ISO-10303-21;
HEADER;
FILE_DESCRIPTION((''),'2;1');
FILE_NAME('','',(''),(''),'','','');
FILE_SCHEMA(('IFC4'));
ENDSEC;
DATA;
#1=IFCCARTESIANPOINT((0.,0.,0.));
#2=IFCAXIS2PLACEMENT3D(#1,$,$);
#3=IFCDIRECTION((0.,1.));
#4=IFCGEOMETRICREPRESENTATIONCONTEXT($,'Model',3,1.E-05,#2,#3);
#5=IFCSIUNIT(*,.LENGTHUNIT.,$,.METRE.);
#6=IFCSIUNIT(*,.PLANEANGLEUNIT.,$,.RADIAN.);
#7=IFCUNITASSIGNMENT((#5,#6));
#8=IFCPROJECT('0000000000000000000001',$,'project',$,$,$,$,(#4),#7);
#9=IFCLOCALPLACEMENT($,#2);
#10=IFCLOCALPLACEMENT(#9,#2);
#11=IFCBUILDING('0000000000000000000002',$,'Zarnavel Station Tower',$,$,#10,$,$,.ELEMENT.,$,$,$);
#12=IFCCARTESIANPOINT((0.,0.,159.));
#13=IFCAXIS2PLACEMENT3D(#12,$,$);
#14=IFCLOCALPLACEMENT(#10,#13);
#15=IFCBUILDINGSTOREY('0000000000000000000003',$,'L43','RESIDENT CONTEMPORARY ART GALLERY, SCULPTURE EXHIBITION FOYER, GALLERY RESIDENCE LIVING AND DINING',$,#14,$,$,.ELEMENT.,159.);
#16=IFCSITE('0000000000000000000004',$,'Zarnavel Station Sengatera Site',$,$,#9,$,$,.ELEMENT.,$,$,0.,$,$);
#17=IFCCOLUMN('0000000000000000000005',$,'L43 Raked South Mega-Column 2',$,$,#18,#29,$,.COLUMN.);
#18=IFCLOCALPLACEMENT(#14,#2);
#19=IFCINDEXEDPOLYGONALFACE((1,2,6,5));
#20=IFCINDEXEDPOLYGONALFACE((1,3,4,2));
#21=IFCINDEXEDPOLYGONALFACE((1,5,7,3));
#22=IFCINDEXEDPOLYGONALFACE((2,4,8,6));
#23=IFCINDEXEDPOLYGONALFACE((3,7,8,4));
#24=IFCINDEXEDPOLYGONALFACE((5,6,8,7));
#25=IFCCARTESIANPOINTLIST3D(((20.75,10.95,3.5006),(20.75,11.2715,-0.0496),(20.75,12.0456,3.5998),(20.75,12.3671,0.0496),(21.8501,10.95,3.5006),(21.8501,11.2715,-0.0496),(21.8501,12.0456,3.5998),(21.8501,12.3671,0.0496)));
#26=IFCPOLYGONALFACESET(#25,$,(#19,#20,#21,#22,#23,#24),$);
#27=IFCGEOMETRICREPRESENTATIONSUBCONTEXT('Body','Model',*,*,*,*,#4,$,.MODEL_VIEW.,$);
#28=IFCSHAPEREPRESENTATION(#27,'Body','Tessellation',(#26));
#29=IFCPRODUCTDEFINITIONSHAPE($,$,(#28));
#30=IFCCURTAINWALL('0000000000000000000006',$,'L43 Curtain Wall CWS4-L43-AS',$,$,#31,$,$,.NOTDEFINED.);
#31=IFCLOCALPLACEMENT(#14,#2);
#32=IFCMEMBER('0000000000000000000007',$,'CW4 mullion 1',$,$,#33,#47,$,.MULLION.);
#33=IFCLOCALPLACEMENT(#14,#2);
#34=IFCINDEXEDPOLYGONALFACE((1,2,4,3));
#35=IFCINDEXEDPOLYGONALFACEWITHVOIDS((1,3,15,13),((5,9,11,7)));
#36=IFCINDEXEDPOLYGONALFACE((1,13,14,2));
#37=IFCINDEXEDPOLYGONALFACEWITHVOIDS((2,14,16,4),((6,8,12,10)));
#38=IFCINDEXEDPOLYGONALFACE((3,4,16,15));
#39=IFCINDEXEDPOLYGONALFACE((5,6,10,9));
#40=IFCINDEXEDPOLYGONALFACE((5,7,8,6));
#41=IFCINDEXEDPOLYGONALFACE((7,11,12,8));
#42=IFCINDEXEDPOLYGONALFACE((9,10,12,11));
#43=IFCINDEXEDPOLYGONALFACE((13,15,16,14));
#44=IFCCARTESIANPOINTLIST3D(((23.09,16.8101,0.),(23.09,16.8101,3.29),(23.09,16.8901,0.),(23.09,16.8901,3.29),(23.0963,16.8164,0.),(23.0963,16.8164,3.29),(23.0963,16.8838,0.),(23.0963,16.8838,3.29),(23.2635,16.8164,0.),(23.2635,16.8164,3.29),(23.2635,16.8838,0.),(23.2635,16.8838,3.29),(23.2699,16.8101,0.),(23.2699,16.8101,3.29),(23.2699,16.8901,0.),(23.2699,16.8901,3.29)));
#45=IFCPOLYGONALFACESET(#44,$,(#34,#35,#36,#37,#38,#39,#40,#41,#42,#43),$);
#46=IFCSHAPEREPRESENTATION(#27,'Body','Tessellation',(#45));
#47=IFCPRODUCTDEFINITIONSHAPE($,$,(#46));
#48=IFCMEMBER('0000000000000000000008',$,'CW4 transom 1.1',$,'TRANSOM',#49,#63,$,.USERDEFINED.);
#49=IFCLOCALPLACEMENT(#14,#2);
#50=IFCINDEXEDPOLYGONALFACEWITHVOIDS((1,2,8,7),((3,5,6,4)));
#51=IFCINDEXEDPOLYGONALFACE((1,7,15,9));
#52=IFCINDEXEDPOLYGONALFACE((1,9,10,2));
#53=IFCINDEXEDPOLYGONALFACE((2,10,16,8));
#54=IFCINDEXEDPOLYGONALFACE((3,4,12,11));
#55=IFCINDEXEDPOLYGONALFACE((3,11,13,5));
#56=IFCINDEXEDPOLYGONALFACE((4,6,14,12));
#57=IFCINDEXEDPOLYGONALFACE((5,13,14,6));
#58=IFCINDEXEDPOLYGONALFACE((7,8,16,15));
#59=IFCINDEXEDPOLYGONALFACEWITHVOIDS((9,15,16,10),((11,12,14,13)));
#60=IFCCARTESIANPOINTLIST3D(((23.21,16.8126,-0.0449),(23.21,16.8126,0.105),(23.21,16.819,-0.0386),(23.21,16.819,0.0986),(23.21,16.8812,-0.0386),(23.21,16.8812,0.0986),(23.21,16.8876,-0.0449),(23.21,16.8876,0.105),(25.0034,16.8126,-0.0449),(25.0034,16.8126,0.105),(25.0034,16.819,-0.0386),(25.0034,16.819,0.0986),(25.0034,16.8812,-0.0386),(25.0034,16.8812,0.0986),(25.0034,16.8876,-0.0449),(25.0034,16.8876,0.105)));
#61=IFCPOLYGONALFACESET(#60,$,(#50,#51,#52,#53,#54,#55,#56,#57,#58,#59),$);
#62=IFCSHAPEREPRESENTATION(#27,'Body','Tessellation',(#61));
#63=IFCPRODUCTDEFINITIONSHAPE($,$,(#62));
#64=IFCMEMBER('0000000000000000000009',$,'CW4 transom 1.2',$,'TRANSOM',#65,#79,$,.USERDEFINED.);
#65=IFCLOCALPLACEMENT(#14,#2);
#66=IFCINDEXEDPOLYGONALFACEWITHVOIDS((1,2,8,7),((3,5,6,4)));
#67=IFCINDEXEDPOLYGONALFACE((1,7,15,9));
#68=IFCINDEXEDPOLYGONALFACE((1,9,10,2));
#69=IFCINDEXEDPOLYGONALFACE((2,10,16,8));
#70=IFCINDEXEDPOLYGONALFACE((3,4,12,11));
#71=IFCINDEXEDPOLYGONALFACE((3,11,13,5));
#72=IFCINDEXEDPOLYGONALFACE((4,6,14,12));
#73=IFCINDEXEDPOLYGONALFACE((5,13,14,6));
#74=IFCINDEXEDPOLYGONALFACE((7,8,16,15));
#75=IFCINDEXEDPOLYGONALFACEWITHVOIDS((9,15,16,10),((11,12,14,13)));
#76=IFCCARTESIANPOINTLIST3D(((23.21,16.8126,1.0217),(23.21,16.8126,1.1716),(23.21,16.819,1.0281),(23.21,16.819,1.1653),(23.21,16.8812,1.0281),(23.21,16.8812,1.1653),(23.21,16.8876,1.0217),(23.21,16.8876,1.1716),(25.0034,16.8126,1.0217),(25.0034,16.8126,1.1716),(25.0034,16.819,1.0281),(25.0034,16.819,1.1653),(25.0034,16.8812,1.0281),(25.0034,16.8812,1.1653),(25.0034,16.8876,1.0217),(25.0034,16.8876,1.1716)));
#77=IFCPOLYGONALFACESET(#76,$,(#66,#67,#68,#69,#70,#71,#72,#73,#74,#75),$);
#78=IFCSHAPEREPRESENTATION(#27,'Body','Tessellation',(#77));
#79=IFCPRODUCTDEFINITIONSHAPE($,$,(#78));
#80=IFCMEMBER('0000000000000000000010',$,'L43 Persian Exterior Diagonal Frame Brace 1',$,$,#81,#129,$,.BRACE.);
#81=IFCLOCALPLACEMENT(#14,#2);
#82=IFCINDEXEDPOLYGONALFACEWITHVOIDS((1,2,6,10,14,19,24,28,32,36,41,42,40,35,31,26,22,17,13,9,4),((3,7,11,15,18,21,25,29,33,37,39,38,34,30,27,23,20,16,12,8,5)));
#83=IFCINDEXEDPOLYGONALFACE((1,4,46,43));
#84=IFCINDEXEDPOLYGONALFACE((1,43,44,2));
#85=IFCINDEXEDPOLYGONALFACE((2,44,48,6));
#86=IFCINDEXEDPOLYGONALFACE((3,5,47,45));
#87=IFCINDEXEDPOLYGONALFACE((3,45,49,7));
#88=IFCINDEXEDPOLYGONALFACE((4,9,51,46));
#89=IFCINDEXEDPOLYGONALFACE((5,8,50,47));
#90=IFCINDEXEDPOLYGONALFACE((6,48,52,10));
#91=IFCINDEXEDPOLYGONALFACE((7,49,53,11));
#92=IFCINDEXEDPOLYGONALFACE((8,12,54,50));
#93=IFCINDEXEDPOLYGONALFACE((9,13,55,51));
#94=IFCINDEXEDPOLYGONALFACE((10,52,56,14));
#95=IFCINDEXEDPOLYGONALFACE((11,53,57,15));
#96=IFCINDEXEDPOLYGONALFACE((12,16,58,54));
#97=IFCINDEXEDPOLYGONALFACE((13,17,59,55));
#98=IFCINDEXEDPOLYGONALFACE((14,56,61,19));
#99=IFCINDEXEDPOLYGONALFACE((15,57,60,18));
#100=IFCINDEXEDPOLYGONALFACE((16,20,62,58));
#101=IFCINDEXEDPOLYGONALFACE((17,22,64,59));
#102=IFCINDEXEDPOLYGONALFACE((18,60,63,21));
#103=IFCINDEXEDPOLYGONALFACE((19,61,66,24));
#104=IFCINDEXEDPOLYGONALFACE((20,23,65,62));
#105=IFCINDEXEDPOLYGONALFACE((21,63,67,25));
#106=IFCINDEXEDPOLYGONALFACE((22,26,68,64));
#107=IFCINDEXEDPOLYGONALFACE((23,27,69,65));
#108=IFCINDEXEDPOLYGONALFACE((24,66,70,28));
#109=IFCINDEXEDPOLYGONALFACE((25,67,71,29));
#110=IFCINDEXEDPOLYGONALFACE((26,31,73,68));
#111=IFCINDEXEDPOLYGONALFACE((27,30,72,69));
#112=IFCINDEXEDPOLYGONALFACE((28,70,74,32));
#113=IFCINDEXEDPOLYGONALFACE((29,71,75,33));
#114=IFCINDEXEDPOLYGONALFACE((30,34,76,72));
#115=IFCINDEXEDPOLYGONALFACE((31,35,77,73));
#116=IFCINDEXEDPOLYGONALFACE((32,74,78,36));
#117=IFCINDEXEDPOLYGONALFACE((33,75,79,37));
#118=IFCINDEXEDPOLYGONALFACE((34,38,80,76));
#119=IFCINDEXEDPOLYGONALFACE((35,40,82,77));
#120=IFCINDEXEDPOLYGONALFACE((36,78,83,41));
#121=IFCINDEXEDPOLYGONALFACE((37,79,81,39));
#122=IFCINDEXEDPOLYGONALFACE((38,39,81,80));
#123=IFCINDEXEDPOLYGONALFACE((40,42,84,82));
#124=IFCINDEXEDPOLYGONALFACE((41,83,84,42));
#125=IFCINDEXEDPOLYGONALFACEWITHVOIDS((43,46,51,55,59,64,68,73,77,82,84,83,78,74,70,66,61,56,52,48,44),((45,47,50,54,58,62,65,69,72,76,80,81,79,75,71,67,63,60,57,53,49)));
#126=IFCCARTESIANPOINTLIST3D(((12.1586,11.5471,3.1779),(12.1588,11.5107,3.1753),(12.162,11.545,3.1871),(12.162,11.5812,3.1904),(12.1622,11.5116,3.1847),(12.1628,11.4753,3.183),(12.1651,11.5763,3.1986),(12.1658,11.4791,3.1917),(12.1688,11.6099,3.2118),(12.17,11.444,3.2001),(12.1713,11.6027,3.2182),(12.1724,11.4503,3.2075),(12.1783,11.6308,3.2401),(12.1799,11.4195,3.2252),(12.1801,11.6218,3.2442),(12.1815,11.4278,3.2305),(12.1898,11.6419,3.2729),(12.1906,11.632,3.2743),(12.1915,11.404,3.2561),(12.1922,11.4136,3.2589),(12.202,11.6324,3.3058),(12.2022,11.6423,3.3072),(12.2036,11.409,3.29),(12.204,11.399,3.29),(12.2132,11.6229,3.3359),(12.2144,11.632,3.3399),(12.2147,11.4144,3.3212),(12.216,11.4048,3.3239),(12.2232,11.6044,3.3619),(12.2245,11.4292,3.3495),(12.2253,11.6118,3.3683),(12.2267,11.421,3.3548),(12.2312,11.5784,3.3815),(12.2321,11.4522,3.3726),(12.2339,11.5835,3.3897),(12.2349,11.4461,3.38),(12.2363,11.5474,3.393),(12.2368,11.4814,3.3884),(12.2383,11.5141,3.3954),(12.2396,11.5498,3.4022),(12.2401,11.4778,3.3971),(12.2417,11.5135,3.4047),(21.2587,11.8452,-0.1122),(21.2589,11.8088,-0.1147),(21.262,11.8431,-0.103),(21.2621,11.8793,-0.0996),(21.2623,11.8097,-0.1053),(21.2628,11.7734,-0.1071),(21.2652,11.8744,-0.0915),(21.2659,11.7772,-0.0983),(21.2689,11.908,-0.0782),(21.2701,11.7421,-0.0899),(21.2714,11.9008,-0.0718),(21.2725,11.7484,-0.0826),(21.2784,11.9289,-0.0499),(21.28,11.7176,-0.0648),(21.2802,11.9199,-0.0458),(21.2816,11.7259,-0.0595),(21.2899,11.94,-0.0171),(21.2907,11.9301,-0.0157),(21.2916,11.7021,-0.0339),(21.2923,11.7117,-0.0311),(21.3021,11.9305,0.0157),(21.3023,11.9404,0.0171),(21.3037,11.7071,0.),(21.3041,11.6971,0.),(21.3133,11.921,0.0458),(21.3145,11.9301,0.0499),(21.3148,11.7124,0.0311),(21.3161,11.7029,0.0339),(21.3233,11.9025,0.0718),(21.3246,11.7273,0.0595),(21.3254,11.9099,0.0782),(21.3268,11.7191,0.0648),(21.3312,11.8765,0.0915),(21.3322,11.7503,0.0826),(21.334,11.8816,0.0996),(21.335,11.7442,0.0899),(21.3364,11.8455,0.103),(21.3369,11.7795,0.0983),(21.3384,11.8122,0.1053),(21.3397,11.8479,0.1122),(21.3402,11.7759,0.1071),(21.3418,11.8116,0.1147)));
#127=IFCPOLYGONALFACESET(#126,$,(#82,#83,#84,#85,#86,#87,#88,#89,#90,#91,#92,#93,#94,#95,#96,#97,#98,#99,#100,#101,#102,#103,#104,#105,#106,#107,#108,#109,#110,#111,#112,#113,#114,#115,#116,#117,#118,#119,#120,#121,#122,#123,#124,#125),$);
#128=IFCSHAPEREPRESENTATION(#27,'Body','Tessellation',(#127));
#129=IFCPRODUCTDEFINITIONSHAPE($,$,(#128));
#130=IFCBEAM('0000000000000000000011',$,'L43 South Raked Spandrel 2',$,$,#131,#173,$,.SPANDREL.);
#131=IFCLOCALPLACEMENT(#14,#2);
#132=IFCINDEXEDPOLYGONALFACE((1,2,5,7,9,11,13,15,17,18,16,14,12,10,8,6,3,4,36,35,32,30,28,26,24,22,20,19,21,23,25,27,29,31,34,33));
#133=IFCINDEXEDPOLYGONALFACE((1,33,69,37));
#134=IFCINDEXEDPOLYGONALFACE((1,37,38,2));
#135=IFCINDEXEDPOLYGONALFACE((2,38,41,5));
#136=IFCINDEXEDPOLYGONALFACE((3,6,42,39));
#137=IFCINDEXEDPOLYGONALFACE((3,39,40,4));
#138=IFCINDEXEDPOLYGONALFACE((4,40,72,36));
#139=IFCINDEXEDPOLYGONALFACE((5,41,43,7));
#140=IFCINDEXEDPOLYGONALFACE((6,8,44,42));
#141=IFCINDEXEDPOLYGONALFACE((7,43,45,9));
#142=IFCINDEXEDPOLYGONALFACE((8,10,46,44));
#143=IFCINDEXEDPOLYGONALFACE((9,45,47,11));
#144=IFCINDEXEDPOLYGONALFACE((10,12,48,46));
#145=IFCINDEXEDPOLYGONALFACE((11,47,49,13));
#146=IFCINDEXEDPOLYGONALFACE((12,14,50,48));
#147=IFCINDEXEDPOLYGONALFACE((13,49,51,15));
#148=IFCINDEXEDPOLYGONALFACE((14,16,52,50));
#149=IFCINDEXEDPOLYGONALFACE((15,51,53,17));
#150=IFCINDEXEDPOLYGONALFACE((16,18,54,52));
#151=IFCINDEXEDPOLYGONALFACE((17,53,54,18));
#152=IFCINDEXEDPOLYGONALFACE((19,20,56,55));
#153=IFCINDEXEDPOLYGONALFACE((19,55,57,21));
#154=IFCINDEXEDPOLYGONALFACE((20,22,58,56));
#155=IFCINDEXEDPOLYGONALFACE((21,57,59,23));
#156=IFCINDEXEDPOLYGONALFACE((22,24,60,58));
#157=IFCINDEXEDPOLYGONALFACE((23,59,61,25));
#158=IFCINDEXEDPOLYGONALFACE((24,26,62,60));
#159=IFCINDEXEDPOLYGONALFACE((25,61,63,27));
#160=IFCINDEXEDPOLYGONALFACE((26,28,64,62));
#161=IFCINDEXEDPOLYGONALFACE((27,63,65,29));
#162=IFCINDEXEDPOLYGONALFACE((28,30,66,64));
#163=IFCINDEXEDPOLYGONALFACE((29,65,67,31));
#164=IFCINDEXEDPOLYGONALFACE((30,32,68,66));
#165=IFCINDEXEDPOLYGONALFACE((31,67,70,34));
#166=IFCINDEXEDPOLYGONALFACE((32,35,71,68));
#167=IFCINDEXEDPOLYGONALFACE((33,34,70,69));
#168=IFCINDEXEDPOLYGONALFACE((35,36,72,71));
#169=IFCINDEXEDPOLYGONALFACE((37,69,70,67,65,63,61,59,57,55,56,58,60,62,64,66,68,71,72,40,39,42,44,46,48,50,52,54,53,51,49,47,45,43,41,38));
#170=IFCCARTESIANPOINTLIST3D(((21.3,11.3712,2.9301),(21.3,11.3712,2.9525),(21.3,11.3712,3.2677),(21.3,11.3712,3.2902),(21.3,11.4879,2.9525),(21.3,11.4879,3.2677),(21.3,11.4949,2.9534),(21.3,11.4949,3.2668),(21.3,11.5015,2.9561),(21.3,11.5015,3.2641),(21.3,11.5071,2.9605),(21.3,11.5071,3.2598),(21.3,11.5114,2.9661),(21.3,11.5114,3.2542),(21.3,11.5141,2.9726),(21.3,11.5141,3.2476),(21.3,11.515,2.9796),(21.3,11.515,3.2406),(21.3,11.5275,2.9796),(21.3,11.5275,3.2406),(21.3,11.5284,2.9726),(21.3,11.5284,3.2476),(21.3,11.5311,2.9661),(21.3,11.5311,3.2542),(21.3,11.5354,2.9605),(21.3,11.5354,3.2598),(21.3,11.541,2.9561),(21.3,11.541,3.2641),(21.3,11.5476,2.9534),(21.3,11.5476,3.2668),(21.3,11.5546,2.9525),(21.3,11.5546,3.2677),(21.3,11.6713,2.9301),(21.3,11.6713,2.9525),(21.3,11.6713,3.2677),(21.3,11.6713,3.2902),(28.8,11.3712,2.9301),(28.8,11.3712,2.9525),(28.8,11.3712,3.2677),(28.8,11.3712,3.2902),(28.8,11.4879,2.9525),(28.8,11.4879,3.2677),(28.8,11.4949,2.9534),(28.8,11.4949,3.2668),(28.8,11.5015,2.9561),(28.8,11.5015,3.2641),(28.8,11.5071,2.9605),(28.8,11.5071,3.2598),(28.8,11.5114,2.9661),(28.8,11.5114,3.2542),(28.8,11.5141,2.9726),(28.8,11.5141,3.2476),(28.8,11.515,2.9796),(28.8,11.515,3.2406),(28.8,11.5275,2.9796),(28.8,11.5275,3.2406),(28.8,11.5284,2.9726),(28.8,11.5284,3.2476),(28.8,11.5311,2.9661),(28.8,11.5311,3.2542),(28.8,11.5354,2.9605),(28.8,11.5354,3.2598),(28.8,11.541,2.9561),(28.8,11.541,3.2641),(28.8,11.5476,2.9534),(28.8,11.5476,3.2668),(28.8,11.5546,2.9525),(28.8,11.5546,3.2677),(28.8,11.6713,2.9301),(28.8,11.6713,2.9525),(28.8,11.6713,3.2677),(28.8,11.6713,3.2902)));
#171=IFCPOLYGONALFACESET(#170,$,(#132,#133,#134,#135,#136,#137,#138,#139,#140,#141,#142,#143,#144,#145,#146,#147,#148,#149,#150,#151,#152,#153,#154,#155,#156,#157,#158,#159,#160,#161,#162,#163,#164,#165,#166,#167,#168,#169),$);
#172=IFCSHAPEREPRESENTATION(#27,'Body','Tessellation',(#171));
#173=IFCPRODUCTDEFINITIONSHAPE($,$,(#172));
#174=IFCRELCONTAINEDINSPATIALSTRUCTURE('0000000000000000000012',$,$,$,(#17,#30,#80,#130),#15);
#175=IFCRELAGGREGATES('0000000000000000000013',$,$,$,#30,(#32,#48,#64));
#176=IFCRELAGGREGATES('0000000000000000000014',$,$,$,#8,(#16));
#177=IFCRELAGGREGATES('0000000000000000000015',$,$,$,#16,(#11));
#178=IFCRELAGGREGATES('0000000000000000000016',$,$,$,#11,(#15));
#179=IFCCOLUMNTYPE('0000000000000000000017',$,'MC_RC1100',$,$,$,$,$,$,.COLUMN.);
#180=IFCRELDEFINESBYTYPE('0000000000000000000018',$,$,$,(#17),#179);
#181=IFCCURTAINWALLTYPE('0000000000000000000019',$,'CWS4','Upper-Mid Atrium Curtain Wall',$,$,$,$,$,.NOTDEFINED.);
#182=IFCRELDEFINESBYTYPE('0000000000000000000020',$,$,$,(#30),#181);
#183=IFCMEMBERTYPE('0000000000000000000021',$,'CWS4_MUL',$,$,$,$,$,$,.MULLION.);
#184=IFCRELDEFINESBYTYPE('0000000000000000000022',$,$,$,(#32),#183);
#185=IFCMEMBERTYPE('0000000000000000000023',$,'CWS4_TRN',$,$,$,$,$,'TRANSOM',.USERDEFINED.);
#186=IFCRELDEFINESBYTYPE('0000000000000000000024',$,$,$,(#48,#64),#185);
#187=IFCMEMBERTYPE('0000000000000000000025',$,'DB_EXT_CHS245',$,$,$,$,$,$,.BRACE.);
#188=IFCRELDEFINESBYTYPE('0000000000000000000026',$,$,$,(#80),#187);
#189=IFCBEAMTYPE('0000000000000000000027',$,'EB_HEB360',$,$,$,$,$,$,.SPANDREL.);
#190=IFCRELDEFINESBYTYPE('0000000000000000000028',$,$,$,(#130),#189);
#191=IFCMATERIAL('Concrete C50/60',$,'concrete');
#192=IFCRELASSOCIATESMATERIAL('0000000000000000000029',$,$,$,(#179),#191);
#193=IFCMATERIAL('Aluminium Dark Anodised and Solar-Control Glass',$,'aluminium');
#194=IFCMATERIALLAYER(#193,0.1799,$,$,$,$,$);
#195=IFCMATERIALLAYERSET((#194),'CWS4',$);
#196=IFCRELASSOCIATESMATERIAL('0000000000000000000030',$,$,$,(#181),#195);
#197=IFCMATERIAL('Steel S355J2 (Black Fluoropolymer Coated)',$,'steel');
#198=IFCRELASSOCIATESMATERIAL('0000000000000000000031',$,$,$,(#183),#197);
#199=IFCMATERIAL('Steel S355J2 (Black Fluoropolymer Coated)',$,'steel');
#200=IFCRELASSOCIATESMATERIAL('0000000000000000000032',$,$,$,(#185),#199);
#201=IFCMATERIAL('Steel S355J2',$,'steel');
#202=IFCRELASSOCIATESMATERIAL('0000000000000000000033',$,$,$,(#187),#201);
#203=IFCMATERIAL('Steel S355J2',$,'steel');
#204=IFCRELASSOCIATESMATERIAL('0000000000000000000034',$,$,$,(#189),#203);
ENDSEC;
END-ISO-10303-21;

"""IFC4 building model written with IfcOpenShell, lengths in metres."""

from ifc_helpers import new_model, si_unit, direction, frame, origin, origin_2d, place, context, subcontext, project, spatial, rectangle, hollow_rectangle, hollow_circle, i_section, extrude, material, layer, layer_set, material_profile, profile_set, type_object, element, aggregate, save


model = new_model("IFC4")

# Units and contexts
model_context = context("Model", 3, precision=1e-05, world=origin(), true_north=direction((0.0, 1.0)))
body_context = subcontext(model_context, "Body", "Model", "MODEL_VIEW")
ifc_project = project(units=[si_unit("LENGTHUNIT", "METRE"), si_unit("PLANEANGLEUNIT", "RADIAN")], contexts=[model_context])

# Site, building, storey
site_placement = place(None, origin())
site = spatial("IfcSite", under=ifc_project, at=site_placement, Name="Zarnavel Station Sengatera Site", CompositionType="ELEMENT", RefElevation=0.0)
building_placement = place(site_placement, origin())
building = spatial("IfcBuilding", under=site, at=building_placement, Name="Zarnavel Station Tower", CompositionType="ELEMENT")
storey_placement = place(building_placement, frame((0.0, 0.0, 159.0)))
storey = spatial("IfcBuildingStorey", under=building, at=storey_placement, Name="L43", Description="RESIDENT CONTEMPORARY ART GALLERY, SCULPTURE EXHIBITION FOYER, GALLERY RESIDENCE LIVING AND DINING", CompositionType="ELEMENT", Elevation=159.0)

# Column
ifc_material_1 = material(Name="Concrete C50/60", Category="concrete")
ifc_material_profile_1 = material_profile(ifc_material_1, rectangle(XDim=1.1001, YDim=1.1001, at=origin_2d()), Name="RC1100x1100")
ifc_profile_set_1 = profile_set([ifc_material_profile_1], Name="Concrete C50/60")
column_type = type_object("IfcColumnType", Name="MC_RC1100", PredefinedType="COLUMN", material=ifc_profile_set_1)
column_placement = place(storey_placement, frame((21.3, 11.8193, 0.0), z_axis=(0.0, -0.090202, 0.995923), x_axis=(1.0, 0.0, 0.0)))
element("IfcColumn", 1, at=column_placement, inside=storey, type_object=column_type, Name="L43 Raked South Mega-Column 2", PredefinedType="COLUMN", context=body_context, shape_type="SweptSolid", body=[
    extrude(rectangle(XDim=1.1001, YDim=1.1001, at=origin_2d()), origin(), (0.0, 0.0, 1.0), 3.5647),
])

# Curtain wall, members
ifc_material_2 = material(Name="Aluminium Dark Anodised and Solar-Control Glass", Category="aluminium")
ifc_layer_1 = layer(ifc_material_2, 0.1799)
ifc_layer_set_1 = layer_set([ifc_layer_1], Name="CWS4")
curtain_wall_type = type_object("IfcCurtainWallType", Name="CWS4", Description="Upper-Mid Atrium Curtain Wall", PredefinedType="NOTDEFINED", material=ifc_layer_set_1)
curtain_wall_placement = place(storey_placement, origin())
curtain_wall = element("IfcCurtainWall", 2, at=curtain_wall_placement, inside=storey, type_object=curtain_wall_type, Name="L43 Curtain Wall CWS4-L43-AS", PredefinedType="NOTDEFINED")
ifc_material_3 = material(Name="Steel S355J2 (Black Fluoropolymer Coated)", Category="steel")
ifc_material_profile_2 = material_profile(ifc_material_3, hollow_rectangle(XDim=0.0801, YDim=0.1799, WallThickness=0.0063, at=origin_2d()), Name="RHS180x80x6.3")
ifc_profile_set_2 = profile_set([ifc_material_profile_2], Name="Steel S355J2 (Black Fluoropolymer Coated)")
member_type_1 = type_object("IfcMemberType", Name="CWS4_MUL", PredefinedType="MULLION", material=ifc_profile_set_2)
member_1_placement = place(storey_placement, frame((23.1799, 16.8501, 0.0), z_axis=(0.0, 0.0, 1.0), x_axis=(0.0, 1.0, 0.0)))
member_1 = element("IfcMember", 3, at=member_1_placement, type_object=member_type_1, Name="CW4 mullion 1", PredefinedType="MULLION", context=body_context, shape_type="SweptSolid", body=[
    extrude(hollow_rectangle(XDim=0.0801, YDim=0.1799, WallThickness=0.0063, at=origin_2d()), origin(), (0.0, 0.0, 1.0), 3.29),
])
ifc_material_4 = material(Name="Steel S355J2 (Black Fluoropolymer Coated)", Category="steel")
ifc_material_profile_3 = material_profile(ifc_material_4, hollow_rectangle(XDim=0.075, YDim=0.1499, WallThickness=0.0063, at=origin_2d()), Name="RHS150x75x6.3")
ifc_profile_set_3 = profile_set([ifc_material_profile_3], Name="Steel S355J2 (Black Fluoropolymer Coated)")
member_type_2 = type_object("IfcMemberType", Name="CWS4_TRN", ElementType="TRANSOM", PredefinedType="USERDEFINED", material=ifc_profile_set_3)
member_2_placement = place(storey_placement, frame((23.21, 16.8501, 0.03), z_axis=(1.0, 0.0, 0.0), x_axis=(0.0, 1.0, 0.0)))
member_2 = element("IfcMember", 4, at=member_2_placement, type_object=member_type_2, Name="CW4 transom 1.1", ObjectType="TRANSOM", PredefinedType="USERDEFINED", context=body_context, shape_type="SweptSolid", body=[
    extrude(hollow_rectangle(XDim=0.075, YDim=0.1499, WallThickness=0.0063, at=origin_2d()), origin(), (0.0, 0.0, 1.0), 1.7935),
])
member_3_placement = place(storey_placement, frame((23.21, 16.8501, 1.0967), z_axis=(1.0, 0.0, 0.0), x_axis=(0.0, 1.0, 0.0)))
member_3 = element("IfcMember", 5, at=member_3_placement, type_object=member_type_2, Name="CW4 transom 1.2", ObjectType="TRANSOM", PredefinedType="USERDEFINED", context=body_context, shape_type="SweptSolid", body=[
    extrude(hollow_rectangle(XDim=0.075, YDim=0.1499, WallThickness=0.0063, at=origin_2d()), origin(), (0.0, 0.0, 1.0), 1.7935),
])
aggregate(curtain_wall, [member_1, member_2, member_3])

# Member
ifc_material_5 = material(Name="Steel S355J2", Category="steel")
ifc_material_profile_4 = material_profile(ifc_material_5, hollow_circle(Radius=0.1223, WallThickness=0.01, at=origin_2d()), Name="CHS244.5x10")
ifc_profile_set_4 = profile_set([ifc_material_profile_4], Name="Steel S355J2")
member_type_3 = type_object("IfcMemberType", Name="DB_EXT_CHS245", PredefinedType="BRACE", material=ifc_profile_set_4)
member_4_placement = place(storey_placement, frame((21.3, 11.8193, 0.0), z_axis=(-0.939979, -0.030791, 0.339839), x_axis=(0.03274, -0.999464, 0.0)))
element("IfcMember", 6, at=member_4_placement, inside=storey, type_object=member_type_3, Name="L43 Persian Exterior Diagonal Frame Brace 1", PredefinedType="BRACE", context=body_context, shape_type="SweptSolid", body=[
    extrude(hollow_circle(Radius=0.1223, WallThickness=0.01, at=origin_2d()), origin(), (0.0, 0.0, 1.0), 9.6812),
])

# Beam
ifc_material_6 = material(Name="Steel S355J2", Category="steel")
ifc_material_profile_5 = material_profile(ifc_material_6, i_section(OverallWidth=0.3, OverallDepth=0.3601, WebThickness=0.0125, FlangeThickness=0.0225, FilletRadius=0.0271, at=origin_2d()), Name="HEB360")
ifc_profile_set_5 = profile_set([ifc_material_profile_5], Name="Steel S355J2")
beam_type_1 = type_object("IfcBeamType", Name="EB_HEB360", PredefinedType="SPANDREL", material=ifc_profile_set_5)
beam_1_placement = place(storey_placement, frame((21.3, 11.5212, 3.1101), z_axis=(1.0, 0.0, 0.0), x_axis=(0.0, 1.0, 0.0)))
element("IfcBeam", 7, at=beam_1_placement, inside=storey, type_object=beam_type_1, Name="L43 South Raked Spandrel 2", PredefinedType="SPANDREL", context=body_context, shape_type="SweptSolid", body=[
    extrude(i_section(OverallWidth=0.3, OverallDepth=0.3601, WebThickness=0.0125, FlangeThickness=0.0225, FilletRadius=0.0271, at=origin_2d()), origin(), (0.0, 0.0, 1.0), 7.5),
])

save(model, "model.ifc")
